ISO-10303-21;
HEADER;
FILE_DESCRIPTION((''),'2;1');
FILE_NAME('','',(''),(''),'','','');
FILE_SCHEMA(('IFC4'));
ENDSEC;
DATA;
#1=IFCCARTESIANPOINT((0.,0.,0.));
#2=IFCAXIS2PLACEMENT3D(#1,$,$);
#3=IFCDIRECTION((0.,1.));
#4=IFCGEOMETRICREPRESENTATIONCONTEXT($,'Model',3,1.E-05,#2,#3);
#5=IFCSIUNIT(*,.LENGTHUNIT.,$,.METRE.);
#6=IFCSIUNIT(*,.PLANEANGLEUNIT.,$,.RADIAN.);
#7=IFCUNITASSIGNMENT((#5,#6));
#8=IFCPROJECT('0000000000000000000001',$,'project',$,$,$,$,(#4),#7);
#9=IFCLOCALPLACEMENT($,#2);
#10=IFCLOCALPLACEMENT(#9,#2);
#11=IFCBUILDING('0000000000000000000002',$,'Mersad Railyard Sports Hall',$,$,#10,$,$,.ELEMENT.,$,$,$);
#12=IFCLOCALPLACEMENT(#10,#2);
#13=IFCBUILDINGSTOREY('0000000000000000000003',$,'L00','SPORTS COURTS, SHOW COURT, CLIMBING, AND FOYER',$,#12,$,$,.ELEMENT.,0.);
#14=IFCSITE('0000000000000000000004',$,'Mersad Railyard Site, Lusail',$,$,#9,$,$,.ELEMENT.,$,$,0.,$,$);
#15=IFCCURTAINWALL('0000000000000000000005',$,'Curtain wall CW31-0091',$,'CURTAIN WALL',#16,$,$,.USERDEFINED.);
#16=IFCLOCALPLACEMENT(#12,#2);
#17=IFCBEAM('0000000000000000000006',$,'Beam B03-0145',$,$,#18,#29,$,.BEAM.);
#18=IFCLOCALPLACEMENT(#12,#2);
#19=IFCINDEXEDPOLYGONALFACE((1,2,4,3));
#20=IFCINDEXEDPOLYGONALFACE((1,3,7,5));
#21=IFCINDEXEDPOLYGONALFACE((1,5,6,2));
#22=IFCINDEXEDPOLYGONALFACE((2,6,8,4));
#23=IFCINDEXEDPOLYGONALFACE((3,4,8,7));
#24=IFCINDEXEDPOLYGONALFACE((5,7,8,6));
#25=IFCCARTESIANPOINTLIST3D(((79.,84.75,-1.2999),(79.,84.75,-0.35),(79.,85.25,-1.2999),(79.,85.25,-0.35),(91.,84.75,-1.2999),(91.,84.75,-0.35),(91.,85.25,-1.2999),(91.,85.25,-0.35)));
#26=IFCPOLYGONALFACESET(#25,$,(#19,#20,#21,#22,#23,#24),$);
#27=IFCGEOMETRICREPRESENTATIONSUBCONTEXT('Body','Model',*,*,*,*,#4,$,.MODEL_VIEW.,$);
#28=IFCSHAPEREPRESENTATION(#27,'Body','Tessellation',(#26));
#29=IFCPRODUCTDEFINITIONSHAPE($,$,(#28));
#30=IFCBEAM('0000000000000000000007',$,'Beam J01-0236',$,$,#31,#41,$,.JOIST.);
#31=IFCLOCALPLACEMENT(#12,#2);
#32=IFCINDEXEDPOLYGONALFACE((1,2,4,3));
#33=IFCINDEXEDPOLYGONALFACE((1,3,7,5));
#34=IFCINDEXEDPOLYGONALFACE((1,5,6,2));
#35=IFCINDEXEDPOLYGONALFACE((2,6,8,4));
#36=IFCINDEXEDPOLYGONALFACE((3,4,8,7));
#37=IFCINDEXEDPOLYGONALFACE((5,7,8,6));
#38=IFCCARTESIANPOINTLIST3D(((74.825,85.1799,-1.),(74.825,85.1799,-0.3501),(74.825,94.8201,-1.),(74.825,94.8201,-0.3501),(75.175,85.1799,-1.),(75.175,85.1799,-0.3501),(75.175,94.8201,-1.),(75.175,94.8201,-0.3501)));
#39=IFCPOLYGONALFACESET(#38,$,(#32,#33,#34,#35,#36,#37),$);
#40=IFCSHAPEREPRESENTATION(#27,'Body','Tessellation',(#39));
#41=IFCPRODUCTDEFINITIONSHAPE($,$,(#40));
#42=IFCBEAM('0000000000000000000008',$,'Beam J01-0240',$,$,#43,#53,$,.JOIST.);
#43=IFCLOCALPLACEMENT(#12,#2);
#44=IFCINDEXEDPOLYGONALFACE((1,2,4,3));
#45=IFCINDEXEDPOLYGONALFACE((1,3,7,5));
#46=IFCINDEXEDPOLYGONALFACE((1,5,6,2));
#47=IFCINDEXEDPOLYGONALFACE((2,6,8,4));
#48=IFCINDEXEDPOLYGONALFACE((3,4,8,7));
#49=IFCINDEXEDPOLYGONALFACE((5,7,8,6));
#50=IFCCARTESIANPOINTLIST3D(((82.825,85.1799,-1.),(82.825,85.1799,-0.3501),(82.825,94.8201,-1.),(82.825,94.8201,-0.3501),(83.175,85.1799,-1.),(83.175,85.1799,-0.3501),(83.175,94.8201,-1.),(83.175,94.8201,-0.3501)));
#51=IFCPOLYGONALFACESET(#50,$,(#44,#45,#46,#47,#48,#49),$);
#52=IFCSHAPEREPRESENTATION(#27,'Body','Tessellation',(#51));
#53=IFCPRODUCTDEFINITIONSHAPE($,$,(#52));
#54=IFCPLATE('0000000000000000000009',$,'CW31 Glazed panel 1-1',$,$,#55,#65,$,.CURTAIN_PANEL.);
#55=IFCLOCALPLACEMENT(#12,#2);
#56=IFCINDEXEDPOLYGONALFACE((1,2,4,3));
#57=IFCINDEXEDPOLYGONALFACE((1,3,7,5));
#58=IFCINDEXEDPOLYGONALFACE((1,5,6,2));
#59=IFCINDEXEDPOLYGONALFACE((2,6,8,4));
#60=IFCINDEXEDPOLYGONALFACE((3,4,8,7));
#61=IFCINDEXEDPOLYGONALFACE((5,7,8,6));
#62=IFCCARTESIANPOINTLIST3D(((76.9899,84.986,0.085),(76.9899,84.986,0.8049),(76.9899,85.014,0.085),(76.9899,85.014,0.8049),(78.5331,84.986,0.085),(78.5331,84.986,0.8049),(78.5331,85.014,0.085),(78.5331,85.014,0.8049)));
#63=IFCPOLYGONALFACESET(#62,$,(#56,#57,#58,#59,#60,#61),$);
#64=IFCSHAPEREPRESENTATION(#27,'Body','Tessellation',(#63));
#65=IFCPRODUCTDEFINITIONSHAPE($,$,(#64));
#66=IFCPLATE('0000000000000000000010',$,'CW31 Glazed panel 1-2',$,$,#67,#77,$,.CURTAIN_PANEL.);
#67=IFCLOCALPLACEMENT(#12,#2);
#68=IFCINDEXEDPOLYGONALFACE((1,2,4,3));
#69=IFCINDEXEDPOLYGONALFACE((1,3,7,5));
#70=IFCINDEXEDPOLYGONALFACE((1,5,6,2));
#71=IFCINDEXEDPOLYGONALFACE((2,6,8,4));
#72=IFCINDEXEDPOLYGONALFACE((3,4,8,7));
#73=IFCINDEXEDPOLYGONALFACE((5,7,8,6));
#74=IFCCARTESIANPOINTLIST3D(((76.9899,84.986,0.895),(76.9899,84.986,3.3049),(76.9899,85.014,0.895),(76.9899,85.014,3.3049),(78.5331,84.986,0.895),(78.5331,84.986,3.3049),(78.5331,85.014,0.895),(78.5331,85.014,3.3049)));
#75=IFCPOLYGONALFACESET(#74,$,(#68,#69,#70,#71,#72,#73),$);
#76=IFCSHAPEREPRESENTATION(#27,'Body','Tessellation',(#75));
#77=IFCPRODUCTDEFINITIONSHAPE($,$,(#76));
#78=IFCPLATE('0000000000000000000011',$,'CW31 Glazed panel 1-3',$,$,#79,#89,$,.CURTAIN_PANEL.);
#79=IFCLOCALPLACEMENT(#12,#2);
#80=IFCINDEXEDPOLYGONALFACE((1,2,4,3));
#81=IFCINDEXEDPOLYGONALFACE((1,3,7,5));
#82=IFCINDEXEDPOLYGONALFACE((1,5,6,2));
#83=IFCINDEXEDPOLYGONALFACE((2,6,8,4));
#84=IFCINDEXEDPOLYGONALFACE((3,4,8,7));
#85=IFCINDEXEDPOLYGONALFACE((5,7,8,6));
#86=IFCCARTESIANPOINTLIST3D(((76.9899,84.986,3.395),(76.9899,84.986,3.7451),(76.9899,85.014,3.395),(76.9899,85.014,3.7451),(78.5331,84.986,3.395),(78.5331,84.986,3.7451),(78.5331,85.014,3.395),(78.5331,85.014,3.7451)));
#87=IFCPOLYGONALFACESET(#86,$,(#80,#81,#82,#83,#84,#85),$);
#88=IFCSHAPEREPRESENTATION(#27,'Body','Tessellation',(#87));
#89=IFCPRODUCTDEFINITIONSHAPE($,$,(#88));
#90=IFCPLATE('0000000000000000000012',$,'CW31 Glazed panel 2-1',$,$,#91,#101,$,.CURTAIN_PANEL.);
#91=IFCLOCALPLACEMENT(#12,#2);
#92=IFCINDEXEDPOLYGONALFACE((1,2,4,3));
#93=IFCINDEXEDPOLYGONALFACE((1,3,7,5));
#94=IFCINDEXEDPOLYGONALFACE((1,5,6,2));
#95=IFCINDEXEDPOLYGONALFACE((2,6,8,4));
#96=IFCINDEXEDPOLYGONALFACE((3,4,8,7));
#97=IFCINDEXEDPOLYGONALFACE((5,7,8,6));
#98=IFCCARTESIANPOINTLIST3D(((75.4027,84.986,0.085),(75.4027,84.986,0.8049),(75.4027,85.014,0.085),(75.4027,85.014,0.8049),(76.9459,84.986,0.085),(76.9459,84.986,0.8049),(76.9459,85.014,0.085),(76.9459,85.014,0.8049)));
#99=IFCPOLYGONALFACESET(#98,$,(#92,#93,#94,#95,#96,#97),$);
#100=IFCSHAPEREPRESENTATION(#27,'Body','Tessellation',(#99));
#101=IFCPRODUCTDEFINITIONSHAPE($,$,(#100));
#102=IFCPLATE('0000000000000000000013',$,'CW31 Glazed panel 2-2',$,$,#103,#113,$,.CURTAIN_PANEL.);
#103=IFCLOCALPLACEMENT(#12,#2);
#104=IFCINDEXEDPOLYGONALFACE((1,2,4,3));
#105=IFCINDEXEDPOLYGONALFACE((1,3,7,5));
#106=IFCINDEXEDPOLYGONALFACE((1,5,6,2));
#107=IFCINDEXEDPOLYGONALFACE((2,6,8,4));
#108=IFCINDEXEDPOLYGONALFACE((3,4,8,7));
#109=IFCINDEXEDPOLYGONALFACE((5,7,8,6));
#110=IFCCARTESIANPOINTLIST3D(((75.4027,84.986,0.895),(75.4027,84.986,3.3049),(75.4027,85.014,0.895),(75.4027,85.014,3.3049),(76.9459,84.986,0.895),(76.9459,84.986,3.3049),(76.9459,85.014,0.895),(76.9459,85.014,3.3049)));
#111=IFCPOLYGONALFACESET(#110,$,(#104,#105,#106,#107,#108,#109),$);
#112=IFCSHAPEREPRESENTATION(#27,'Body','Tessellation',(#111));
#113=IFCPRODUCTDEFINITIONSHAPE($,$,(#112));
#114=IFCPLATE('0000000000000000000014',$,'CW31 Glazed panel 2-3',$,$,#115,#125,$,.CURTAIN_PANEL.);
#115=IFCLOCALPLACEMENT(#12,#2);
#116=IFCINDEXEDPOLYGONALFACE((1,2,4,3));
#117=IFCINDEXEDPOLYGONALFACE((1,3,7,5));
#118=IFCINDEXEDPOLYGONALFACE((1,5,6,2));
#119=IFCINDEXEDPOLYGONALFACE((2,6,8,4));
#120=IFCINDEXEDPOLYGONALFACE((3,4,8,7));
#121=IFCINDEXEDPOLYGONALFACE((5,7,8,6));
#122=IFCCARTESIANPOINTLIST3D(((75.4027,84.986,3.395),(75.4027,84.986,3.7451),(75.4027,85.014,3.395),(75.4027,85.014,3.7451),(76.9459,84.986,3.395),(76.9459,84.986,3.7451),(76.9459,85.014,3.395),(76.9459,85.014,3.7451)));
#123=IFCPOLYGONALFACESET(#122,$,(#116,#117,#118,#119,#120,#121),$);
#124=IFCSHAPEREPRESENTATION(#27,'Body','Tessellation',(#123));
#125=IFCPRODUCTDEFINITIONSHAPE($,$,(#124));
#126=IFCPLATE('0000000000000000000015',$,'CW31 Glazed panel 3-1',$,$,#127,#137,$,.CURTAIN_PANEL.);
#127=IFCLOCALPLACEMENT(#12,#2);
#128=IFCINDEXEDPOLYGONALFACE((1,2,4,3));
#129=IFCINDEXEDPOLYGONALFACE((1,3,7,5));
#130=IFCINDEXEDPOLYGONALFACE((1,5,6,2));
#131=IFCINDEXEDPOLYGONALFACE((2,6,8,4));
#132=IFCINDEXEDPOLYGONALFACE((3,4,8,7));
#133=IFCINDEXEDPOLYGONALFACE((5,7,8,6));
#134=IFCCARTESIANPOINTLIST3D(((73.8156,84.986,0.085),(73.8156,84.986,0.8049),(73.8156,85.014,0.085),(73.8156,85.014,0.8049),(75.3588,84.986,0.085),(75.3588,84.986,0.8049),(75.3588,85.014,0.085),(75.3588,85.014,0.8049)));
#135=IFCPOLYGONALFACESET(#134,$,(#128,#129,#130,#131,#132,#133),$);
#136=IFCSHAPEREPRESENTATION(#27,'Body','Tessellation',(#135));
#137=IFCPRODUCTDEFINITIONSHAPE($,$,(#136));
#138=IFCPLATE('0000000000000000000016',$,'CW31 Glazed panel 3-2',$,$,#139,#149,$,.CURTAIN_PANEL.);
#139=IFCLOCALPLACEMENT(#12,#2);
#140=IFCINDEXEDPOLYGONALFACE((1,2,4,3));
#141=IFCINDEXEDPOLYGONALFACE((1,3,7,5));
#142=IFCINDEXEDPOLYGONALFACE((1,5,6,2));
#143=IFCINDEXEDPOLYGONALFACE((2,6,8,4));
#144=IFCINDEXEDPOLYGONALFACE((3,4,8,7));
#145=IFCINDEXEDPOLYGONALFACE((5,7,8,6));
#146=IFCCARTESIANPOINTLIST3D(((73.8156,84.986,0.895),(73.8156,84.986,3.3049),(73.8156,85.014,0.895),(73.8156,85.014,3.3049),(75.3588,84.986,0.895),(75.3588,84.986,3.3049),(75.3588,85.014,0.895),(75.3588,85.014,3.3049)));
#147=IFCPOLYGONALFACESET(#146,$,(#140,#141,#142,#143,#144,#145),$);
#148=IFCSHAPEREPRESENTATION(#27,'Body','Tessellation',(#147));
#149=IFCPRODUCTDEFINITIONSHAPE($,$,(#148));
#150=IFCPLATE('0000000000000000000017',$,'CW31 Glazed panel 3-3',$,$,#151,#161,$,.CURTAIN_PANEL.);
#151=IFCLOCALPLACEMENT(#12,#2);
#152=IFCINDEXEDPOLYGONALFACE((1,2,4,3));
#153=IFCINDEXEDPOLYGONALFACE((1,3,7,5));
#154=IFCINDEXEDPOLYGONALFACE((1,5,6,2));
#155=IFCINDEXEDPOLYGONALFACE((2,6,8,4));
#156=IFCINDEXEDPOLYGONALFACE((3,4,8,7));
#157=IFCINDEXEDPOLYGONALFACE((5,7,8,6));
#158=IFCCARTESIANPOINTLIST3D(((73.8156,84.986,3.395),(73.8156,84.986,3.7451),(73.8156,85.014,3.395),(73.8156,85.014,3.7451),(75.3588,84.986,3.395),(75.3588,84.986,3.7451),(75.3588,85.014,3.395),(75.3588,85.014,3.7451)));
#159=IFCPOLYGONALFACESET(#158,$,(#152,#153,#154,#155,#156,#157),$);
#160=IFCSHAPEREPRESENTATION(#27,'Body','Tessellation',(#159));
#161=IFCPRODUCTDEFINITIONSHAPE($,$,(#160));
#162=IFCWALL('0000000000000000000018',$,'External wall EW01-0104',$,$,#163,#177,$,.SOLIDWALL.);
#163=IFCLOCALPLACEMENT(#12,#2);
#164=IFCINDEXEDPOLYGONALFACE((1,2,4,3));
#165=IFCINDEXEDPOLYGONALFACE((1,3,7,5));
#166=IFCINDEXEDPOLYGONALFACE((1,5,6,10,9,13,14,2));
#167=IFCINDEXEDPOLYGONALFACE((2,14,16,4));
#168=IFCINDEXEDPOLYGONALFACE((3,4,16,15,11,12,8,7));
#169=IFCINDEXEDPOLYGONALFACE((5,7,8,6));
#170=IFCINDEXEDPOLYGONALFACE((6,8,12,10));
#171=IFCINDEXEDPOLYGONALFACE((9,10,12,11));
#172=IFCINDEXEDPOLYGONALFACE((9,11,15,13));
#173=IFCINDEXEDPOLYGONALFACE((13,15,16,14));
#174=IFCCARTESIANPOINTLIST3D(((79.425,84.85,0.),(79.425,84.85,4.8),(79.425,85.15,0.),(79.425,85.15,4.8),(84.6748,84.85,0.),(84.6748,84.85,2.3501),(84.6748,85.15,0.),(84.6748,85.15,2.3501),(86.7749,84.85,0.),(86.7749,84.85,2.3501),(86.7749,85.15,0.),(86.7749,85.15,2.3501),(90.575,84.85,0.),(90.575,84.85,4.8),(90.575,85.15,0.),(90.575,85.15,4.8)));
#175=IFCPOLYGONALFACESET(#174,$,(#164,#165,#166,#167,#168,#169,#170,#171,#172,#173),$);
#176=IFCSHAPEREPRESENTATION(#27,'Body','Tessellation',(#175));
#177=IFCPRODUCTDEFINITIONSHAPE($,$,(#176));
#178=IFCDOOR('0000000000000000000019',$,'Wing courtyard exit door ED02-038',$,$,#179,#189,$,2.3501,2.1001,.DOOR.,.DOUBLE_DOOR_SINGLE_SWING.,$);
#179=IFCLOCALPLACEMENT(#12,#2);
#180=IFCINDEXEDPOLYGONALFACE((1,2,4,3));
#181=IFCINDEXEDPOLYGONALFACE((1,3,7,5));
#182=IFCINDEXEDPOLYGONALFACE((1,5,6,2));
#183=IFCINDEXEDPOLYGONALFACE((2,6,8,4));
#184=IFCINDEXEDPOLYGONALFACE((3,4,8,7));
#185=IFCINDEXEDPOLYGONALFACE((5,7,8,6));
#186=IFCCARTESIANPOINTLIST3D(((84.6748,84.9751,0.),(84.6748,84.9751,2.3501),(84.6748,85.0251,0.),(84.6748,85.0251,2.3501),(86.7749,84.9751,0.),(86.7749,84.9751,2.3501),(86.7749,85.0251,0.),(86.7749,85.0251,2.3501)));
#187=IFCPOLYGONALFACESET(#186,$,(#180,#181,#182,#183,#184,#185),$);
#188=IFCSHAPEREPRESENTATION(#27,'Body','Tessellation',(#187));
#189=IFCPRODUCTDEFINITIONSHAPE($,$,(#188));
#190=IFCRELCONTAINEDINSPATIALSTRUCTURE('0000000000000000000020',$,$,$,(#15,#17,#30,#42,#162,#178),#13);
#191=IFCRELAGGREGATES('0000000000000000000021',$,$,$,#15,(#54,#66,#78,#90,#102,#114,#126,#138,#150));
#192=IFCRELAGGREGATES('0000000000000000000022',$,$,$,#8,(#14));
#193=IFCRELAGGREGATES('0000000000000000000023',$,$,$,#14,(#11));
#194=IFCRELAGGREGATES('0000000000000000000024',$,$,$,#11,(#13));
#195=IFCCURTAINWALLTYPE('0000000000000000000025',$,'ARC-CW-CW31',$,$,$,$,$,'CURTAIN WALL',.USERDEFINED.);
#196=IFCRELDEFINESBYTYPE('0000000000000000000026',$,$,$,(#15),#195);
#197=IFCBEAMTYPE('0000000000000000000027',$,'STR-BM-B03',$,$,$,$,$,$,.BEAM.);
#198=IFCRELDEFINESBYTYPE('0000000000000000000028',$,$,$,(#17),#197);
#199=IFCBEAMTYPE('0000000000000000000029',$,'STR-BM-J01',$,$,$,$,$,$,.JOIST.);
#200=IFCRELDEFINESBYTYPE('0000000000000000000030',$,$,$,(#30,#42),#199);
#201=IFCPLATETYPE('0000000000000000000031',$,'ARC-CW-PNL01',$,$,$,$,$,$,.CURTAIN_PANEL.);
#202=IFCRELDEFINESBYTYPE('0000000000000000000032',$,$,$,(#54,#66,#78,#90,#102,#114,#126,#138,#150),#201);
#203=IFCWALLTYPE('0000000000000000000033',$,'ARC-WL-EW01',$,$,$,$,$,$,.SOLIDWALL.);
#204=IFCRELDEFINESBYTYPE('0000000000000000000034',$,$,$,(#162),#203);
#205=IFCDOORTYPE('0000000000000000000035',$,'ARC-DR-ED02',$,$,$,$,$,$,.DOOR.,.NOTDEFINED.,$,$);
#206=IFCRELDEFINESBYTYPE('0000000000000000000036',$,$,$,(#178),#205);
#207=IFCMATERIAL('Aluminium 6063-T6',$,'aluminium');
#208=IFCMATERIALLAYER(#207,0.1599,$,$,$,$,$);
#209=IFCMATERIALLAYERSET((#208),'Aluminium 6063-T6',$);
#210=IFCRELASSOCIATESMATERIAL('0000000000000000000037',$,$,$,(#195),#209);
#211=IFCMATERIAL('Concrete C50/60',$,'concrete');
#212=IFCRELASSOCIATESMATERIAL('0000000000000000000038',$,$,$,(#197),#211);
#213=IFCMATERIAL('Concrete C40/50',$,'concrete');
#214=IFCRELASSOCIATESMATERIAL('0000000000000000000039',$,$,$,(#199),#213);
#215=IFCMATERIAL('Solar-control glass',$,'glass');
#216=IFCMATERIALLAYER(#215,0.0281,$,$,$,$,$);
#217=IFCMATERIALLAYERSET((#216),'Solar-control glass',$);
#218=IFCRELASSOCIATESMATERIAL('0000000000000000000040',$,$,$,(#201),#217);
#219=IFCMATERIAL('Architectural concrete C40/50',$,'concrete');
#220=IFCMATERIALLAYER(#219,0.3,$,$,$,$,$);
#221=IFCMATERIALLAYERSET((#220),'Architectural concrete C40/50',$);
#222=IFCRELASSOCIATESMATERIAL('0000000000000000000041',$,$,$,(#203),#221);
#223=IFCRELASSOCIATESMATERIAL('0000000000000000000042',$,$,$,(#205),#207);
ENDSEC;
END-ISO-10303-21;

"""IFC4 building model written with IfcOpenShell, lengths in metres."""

from ifc_helpers import new_model, si_unit, direction, frame, frame_2d, origin, origin_2d, place, context, subcontext, project, spatial, rectangle, extrude, material, layer, layer_set, material_profile, profile_set, type_object, element, fill, aggregate, save


model = new_model("IFC4")

# Units and contexts
model_context = context("Model", 3, precision=1e-05, world=origin(), true_north=direction((0.0, 1.0)))
body_context = subcontext(model_context, "Body", "Model", "MODEL_VIEW")
ifc_project = project(units=[si_unit("LENGTHUNIT", "METRE"), si_unit("PLANEANGLEUNIT", "RADIAN")], contexts=[model_context])

# Site, building, storey
site_placement = place(None, origin())
site = spatial("IfcSite", under=ifc_project, at=site_placement, Name="Mersad Railyard Site, Lusail", CompositionType="ELEMENT", RefElevation=0.0)
building_placement = place(site_placement, origin())
building = spatial("IfcBuilding", under=site, at=building_placement, Name="Mersad Railyard Sports Hall", CompositionType="ELEMENT")
storey_placement = place(building_placement, origin())
storey = spatial("IfcBuildingStorey", under=building, at=storey_placement, Name="L00", Description="SPORTS COURTS, SHOW COURT, CLIMBING, AND FOYER", CompositionType="ELEMENT", Elevation=0.0)

# Shared definitions
ifc_material_1 = material(Name="Concrete C50/60", Category="concrete")

# Curtain wall
ifc_material_2 = material(Name="Aluminium 6063-T6", Category="aluminium")
ifc_layer_1 = layer(ifc_material_2, 0.1599)
ifc_layer_set_1 = layer_set([ifc_layer_1], Name="Aluminium 6063-T6")
curtain_wall_type = type_object("IfcCurtainWallType", Name="ARC-CW-CW31", ElementType="CURTAIN WALL", PredefinedType="USERDEFINED", material=ifc_layer_set_1)
curtain_wall_placement = place(storey_placement, origin())
curtain_wall = element("IfcCurtainWall", 1, at=curtain_wall_placement, inside=storey, type_object=curtain_wall_type, Name="Curtain wall CW31-0091", ObjectType="CURTAIN WALL", PredefinedType="USERDEFINED")

# Beams
ifc_material_3 = material(Name="Concrete C40/50", Category="concrete")
ifc_material_profile_1 = material_profile(ifc_material_1, rectangle(XDim=0.5, YDim=0.95, at=origin_2d()), Name="RC 500x950")
ifc_profile_set_1 = profile_set([ifc_material_profile_1], Name="Concrete C50/60")
beam_type_1 = type_object("IfcBeamType", Name="STR-BM-B03", PredefinedType="BEAM", material=ifc_profile_set_1)
beam_1_placement = place(storey_placement, frame((79.0, 85.0, -0.825), z_axis=(1.0, 0.0, 0.0), x_axis=(0.0, 1.0, 0.0)))
element("IfcBeam", 2, at=beam_1_placement, inside=storey, type_object=beam_type_1, Name="Beam B03-0145", PredefinedType="BEAM", context=body_context, shape_type="SweptSolid", body=[
    extrude(rectangle(XDim=0.5, YDim=0.95, at=origin_2d()), origin(), (0.0, 0.0, 1.0), 12.0),
])
ifc_material_profile_2 = material_profile(ifc_material_3, rectangle(XDim=0.3501, YDim=0.6499, at=origin_2d()), Name="RC 350x650")
ifc_profile_set_2 = profile_set([ifc_material_profile_2], Name="Concrete C40/50")
beam_type_2 = type_object("IfcBeamType", Name="STR-BM-J01", PredefinedType="JOIST", material=ifc_profile_set_2)
for number, where, z_axis, x_axis, name in (
    (3, (75.0, 85.1799, -0.675), (0.0, 1.0, 0.0), (-1.0, 0.0, 0.0), "Beam J01-0236"),
    (4, (83.0, 85.1799, -0.675), (0.0, 1.0, 0.0), (-1.0, 0.0, 0.0), "Beam J01-0240"),
):
    element("IfcBeam", number, at=place(storey_placement, frame(where, z_axis=z_axis, x_axis=x_axis)), inside=storey, type_object=beam_type_2, Name=name, PredefinedType="JOIST", context=body_context, shape_type="SweptSolid", body=[
        extrude(rectangle(XDim=0.3501, YDim=0.6499, at=origin_2d()), origin(), (0.0, 0.0, 1.0), 9.6401),
    ])

# Plates
ifc_material_4 = material(Name="Solar-control glass", Category="glass")
ifc_layer_2 = layer(ifc_material_4, 0.0281)
ifc_layer_set_2 = layer_set([ifc_layer_2], Name="Solar-control glass")
plate_type = type_object("IfcPlateType", Name="ARC-CW-PNL01", PredefinedType="CURTAIN_PANEL", material=ifc_layer_set_2)
plate_1_placement = place(storey_placement, frame((77.7615, 85.0, 0.085), z_axis=(0.0, 0.0, 1.0), x_axis=(-1.0, 0.0, 0.0)))
plate_1 = element("IfcPlate", 5, at=plate_1_placement, type_object=plate_type, Name="CW31 Glazed panel 1-1", PredefinedType="CURTAIN_PANEL", context=body_context, shape_type="SweptSolid", body=[
    extrude(rectangle(XDim=1.5432, YDim=0.0281, at=origin_2d()), origin(), (0.0, 0.0, 1.0), 0.72),
])
plate_2_placement = place(storey_placement, frame((77.7615, 85.0, 0.895), z_axis=(0.0, 0.0, 1.0), x_axis=(-1.0, 0.0, 0.0)))
plate_2 = element("IfcPlate", 6, at=plate_2_placement, type_object=plate_type, Name="CW31 Glazed panel 1-2", PredefinedType="CURTAIN_PANEL", context=body_context, shape_type="SweptSolid", body=[
    extrude(rectangle(XDim=1.5432, YDim=0.0281, at=origin_2d()), origin(), (0.0, 0.0, 1.0), 2.4099),
])
plate_3_placement = place(storey_placement, frame((77.7615, 85.0, 3.395), z_axis=(0.0, 0.0, 1.0), x_axis=(-1.0, 0.0, 0.0)))
plate_3 = element("IfcPlate", 7, at=plate_3_placement, type_object=plate_type, Name="CW31 Glazed panel 1-3", PredefinedType="CURTAIN_PANEL", context=body_context, shape_type="SweptSolid", body=[
    extrude(rectangle(XDim=1.5432, YDim=0.0281, at=origin_2d()), origin(), (0.0, 0.0, 1.0), 0.3501),
])
plate_4_placement = place(storey_placement, frame((76.1743, 85.0, 0.085), z_axis=(0.0, 0.0, 1.0), x_axis=(-1.0, 0.0, 0.0)))
plate_4 = element("IfcPlate", 8, at=plate_4_placement, type_object=plate_type, Name="CW31 Glazed panel 2-1", PredefinedType="CURTAIN_PANEL", context=body_context, shape_type="SweptSolid", body=[
    extrude(rectangle(XDim=1.5432, YDim=0.0281, at=origin_2d()), origin(), (0.0, 0.0, 1.0), 0.72),
])
plate_5_placement = place(storey_placement, frame((76.1743, 85.0, 0.895), z_axis=(0.0, 0.0, 1.0), x_axis=(-1.0, 0.0, 0.0)))
plate_5 = element("IfcPlate", 9, at=plate_5_placement, type_object=plate_type, Name="CW31 Glazed panel 2-2", PredefinedType="CURTAIN_PANEL", context=body_context, shape_type="SweptSolid", body=[
    extrude(rectangle(XDim=1.5432, YDim=0.0281, at=origin_2d()), origin(), (0.0, 0.0, 1.0), 2.4099),
])
plate_6_placement = place(storey_placement, frame((76.1743, 85.0, 3.395), z_axis=(0.0, 0.0, 1.0), x_axis=(-1.0, 0.0, 0.0)))
plate_6 = element("IfcPlate", 10, at=plate_6_placement, type_object=plate_type, Name="CW31 Glazed panel 2-3", PredefinedType="CURTAIN_PANEL", context=body_context, shape_type="SweptSolid", body=[
    extrude(rectangle(XDim=1.5432, YDim=0.0281, at=origin_2d()), origin(), (0.0, 0.0, 1.0), 0.3501),
])
plate_7_placement = place(storey_placement, frame((74.5872, 85.0, 0.085), z_axis=(0.0, 0.0, 1.0), x_axis=(-1.0, 0.0, 0.0)))
plate_7 = element("IfcPlate", 11, at=plate_7_placement, type_object=plate_type, Name="CW31 Glazed panel 3-1", PredefinedType="CURTAIN_PANEL", context=body_context, shape_type="SweptSolid", body=[
    extrude(rectangle(XDim=1.5432, YDim=0.0281, at=origin_2d()), origin(), (0.0, 0.0, 1.0), 0.72),
])
plate_8_placement = place(storey_placement, frame((74.5872, 85.0, 0.895), z_axis=(0.0, 0.0, 1.0), x_axis=(-1.0, 0.0, 0.0)))
plate_8 = element("IfcPlate", 12, at=plate_8_placement, type_object=plate_type, Name="CW31 Glazed panel 3-2", PredefinedType="CURTAIN_PANEL", context=body_context, shape_type="SweptSolid", body=[
    extrude(rectangle(XDim=1.5432, YDim=0.0281, at=origin_2d()), origin(), (0.0, 0.0, 1.0), 2.4099),
])
plate_9_placement = place(storey_placement, frame((74.5872, 85.0, 3.395), z_axis=(0.0, 0.0, 1.0), x_axis=(-1.0, 0.0, 0.0)))
plate_9 = element("IfcPlate", 13, at=plate_9_placement, type_object=plate_type, Name="CW31 Glazed panel 3-3", PredefinedType="CURTAIN_PANEL", context=body_context, shape_type="SweptSolid", body=[
    extrude(rectangle(XDim=1.5432, YDim=0.0281, at=origin_2d()), origin(), (0.0, 0.0, 1.0), 0.3501),
])
aggregate(curtain_wall, [plate_1, plate_2, plate_3, plate_4, plate_5, plate_6, plate_7, plate_8, plate_9])

# Wall, opening, door
ifc_material_5 = material(Name="Architectural concrete C40/50", Category="concrete")
ifc_layer_3 = layer(ifc_material_5, 0.3)
ifc_layer_set_3 = layer_set([ifc_layer_3], Name="Architectural concrete C40/50")
wall_type = type_object("IfcWallType", Name="ARC-WL-EW01", PredefinedType="SOLIDWALL", material=ifc_layer_set_3)
wall_placement = place(storey_placement, frame((90.575, 85.0, 0.0), z_axis=(0.0, 0.0, 1.0), x_axis=(-1.0, 0.0, 0.0)))
wall = element("IfcWall", 14, at=wall_placement, inside=storey, type_object=wall_type, Name="External wall EW01-0104", PredefinedType="SOLIDWALL", context=body_context, shape_type="SweptSolid", body=[
    extrude(rectangle(XDim=11.1499, YDim=0.3, at=frame_2d((5.575, 0.0))), origin(), (0.0, 0.0, 1.0), 4.8),
])
opening_placement = place(wall_placement, frame((3.8, 0.0, 0.0)))
opening = element("IfcOpeningElement", 15, at=opening_placement, cuts=wall, PredefinedType="OPENING", context=body_context, shape_type="SweptSolid", body=[
    extrude(rectangle(XDim=2.1001, YDim=2.3501, at=frame_2d((1.05, 1.175))), frame((0.0, 0.1599, 0.0), z_axis=(0.0, -1.0, 0.0), x_axis=(1.0, 0.0, 0.0)), (0.0, 0.0, 1.0), 0.3201),
])
door_type = type_object("IfcDoorType", Name="ARC-DR-ED02", OperationType="NOTDEFINED", PredefinedType="DOOR", material=ifc_material_2)
door_placement = place(opening_placement, origin())
door = element("IfcDoor", 16, at=door_placement, inside=storey, type_object=door_type, Name="Wing courtyard exit door ED02-038", OperationType="DOUBLE_DOOR_SINGLE_SWING", OverallHeight=2.3501, OverallWidth=2.1001, PredefinedType="DOOR", context=body_context, shape_type="SweptSolid", body=[
    extrude(rectangle(XDim=2.1001, YDim=2.3501, at=frame_2d((1.05, 1.175))), frame((0.0, 0.0249, 0.0), z_axis=(0.0, -1.0, 0.0), x_axis=(1.0, 0.0, 0.0)), (0.0, 0.0, 1.0), 0.05),
])
fill(opening, door)

save(model, "model.ifc")
